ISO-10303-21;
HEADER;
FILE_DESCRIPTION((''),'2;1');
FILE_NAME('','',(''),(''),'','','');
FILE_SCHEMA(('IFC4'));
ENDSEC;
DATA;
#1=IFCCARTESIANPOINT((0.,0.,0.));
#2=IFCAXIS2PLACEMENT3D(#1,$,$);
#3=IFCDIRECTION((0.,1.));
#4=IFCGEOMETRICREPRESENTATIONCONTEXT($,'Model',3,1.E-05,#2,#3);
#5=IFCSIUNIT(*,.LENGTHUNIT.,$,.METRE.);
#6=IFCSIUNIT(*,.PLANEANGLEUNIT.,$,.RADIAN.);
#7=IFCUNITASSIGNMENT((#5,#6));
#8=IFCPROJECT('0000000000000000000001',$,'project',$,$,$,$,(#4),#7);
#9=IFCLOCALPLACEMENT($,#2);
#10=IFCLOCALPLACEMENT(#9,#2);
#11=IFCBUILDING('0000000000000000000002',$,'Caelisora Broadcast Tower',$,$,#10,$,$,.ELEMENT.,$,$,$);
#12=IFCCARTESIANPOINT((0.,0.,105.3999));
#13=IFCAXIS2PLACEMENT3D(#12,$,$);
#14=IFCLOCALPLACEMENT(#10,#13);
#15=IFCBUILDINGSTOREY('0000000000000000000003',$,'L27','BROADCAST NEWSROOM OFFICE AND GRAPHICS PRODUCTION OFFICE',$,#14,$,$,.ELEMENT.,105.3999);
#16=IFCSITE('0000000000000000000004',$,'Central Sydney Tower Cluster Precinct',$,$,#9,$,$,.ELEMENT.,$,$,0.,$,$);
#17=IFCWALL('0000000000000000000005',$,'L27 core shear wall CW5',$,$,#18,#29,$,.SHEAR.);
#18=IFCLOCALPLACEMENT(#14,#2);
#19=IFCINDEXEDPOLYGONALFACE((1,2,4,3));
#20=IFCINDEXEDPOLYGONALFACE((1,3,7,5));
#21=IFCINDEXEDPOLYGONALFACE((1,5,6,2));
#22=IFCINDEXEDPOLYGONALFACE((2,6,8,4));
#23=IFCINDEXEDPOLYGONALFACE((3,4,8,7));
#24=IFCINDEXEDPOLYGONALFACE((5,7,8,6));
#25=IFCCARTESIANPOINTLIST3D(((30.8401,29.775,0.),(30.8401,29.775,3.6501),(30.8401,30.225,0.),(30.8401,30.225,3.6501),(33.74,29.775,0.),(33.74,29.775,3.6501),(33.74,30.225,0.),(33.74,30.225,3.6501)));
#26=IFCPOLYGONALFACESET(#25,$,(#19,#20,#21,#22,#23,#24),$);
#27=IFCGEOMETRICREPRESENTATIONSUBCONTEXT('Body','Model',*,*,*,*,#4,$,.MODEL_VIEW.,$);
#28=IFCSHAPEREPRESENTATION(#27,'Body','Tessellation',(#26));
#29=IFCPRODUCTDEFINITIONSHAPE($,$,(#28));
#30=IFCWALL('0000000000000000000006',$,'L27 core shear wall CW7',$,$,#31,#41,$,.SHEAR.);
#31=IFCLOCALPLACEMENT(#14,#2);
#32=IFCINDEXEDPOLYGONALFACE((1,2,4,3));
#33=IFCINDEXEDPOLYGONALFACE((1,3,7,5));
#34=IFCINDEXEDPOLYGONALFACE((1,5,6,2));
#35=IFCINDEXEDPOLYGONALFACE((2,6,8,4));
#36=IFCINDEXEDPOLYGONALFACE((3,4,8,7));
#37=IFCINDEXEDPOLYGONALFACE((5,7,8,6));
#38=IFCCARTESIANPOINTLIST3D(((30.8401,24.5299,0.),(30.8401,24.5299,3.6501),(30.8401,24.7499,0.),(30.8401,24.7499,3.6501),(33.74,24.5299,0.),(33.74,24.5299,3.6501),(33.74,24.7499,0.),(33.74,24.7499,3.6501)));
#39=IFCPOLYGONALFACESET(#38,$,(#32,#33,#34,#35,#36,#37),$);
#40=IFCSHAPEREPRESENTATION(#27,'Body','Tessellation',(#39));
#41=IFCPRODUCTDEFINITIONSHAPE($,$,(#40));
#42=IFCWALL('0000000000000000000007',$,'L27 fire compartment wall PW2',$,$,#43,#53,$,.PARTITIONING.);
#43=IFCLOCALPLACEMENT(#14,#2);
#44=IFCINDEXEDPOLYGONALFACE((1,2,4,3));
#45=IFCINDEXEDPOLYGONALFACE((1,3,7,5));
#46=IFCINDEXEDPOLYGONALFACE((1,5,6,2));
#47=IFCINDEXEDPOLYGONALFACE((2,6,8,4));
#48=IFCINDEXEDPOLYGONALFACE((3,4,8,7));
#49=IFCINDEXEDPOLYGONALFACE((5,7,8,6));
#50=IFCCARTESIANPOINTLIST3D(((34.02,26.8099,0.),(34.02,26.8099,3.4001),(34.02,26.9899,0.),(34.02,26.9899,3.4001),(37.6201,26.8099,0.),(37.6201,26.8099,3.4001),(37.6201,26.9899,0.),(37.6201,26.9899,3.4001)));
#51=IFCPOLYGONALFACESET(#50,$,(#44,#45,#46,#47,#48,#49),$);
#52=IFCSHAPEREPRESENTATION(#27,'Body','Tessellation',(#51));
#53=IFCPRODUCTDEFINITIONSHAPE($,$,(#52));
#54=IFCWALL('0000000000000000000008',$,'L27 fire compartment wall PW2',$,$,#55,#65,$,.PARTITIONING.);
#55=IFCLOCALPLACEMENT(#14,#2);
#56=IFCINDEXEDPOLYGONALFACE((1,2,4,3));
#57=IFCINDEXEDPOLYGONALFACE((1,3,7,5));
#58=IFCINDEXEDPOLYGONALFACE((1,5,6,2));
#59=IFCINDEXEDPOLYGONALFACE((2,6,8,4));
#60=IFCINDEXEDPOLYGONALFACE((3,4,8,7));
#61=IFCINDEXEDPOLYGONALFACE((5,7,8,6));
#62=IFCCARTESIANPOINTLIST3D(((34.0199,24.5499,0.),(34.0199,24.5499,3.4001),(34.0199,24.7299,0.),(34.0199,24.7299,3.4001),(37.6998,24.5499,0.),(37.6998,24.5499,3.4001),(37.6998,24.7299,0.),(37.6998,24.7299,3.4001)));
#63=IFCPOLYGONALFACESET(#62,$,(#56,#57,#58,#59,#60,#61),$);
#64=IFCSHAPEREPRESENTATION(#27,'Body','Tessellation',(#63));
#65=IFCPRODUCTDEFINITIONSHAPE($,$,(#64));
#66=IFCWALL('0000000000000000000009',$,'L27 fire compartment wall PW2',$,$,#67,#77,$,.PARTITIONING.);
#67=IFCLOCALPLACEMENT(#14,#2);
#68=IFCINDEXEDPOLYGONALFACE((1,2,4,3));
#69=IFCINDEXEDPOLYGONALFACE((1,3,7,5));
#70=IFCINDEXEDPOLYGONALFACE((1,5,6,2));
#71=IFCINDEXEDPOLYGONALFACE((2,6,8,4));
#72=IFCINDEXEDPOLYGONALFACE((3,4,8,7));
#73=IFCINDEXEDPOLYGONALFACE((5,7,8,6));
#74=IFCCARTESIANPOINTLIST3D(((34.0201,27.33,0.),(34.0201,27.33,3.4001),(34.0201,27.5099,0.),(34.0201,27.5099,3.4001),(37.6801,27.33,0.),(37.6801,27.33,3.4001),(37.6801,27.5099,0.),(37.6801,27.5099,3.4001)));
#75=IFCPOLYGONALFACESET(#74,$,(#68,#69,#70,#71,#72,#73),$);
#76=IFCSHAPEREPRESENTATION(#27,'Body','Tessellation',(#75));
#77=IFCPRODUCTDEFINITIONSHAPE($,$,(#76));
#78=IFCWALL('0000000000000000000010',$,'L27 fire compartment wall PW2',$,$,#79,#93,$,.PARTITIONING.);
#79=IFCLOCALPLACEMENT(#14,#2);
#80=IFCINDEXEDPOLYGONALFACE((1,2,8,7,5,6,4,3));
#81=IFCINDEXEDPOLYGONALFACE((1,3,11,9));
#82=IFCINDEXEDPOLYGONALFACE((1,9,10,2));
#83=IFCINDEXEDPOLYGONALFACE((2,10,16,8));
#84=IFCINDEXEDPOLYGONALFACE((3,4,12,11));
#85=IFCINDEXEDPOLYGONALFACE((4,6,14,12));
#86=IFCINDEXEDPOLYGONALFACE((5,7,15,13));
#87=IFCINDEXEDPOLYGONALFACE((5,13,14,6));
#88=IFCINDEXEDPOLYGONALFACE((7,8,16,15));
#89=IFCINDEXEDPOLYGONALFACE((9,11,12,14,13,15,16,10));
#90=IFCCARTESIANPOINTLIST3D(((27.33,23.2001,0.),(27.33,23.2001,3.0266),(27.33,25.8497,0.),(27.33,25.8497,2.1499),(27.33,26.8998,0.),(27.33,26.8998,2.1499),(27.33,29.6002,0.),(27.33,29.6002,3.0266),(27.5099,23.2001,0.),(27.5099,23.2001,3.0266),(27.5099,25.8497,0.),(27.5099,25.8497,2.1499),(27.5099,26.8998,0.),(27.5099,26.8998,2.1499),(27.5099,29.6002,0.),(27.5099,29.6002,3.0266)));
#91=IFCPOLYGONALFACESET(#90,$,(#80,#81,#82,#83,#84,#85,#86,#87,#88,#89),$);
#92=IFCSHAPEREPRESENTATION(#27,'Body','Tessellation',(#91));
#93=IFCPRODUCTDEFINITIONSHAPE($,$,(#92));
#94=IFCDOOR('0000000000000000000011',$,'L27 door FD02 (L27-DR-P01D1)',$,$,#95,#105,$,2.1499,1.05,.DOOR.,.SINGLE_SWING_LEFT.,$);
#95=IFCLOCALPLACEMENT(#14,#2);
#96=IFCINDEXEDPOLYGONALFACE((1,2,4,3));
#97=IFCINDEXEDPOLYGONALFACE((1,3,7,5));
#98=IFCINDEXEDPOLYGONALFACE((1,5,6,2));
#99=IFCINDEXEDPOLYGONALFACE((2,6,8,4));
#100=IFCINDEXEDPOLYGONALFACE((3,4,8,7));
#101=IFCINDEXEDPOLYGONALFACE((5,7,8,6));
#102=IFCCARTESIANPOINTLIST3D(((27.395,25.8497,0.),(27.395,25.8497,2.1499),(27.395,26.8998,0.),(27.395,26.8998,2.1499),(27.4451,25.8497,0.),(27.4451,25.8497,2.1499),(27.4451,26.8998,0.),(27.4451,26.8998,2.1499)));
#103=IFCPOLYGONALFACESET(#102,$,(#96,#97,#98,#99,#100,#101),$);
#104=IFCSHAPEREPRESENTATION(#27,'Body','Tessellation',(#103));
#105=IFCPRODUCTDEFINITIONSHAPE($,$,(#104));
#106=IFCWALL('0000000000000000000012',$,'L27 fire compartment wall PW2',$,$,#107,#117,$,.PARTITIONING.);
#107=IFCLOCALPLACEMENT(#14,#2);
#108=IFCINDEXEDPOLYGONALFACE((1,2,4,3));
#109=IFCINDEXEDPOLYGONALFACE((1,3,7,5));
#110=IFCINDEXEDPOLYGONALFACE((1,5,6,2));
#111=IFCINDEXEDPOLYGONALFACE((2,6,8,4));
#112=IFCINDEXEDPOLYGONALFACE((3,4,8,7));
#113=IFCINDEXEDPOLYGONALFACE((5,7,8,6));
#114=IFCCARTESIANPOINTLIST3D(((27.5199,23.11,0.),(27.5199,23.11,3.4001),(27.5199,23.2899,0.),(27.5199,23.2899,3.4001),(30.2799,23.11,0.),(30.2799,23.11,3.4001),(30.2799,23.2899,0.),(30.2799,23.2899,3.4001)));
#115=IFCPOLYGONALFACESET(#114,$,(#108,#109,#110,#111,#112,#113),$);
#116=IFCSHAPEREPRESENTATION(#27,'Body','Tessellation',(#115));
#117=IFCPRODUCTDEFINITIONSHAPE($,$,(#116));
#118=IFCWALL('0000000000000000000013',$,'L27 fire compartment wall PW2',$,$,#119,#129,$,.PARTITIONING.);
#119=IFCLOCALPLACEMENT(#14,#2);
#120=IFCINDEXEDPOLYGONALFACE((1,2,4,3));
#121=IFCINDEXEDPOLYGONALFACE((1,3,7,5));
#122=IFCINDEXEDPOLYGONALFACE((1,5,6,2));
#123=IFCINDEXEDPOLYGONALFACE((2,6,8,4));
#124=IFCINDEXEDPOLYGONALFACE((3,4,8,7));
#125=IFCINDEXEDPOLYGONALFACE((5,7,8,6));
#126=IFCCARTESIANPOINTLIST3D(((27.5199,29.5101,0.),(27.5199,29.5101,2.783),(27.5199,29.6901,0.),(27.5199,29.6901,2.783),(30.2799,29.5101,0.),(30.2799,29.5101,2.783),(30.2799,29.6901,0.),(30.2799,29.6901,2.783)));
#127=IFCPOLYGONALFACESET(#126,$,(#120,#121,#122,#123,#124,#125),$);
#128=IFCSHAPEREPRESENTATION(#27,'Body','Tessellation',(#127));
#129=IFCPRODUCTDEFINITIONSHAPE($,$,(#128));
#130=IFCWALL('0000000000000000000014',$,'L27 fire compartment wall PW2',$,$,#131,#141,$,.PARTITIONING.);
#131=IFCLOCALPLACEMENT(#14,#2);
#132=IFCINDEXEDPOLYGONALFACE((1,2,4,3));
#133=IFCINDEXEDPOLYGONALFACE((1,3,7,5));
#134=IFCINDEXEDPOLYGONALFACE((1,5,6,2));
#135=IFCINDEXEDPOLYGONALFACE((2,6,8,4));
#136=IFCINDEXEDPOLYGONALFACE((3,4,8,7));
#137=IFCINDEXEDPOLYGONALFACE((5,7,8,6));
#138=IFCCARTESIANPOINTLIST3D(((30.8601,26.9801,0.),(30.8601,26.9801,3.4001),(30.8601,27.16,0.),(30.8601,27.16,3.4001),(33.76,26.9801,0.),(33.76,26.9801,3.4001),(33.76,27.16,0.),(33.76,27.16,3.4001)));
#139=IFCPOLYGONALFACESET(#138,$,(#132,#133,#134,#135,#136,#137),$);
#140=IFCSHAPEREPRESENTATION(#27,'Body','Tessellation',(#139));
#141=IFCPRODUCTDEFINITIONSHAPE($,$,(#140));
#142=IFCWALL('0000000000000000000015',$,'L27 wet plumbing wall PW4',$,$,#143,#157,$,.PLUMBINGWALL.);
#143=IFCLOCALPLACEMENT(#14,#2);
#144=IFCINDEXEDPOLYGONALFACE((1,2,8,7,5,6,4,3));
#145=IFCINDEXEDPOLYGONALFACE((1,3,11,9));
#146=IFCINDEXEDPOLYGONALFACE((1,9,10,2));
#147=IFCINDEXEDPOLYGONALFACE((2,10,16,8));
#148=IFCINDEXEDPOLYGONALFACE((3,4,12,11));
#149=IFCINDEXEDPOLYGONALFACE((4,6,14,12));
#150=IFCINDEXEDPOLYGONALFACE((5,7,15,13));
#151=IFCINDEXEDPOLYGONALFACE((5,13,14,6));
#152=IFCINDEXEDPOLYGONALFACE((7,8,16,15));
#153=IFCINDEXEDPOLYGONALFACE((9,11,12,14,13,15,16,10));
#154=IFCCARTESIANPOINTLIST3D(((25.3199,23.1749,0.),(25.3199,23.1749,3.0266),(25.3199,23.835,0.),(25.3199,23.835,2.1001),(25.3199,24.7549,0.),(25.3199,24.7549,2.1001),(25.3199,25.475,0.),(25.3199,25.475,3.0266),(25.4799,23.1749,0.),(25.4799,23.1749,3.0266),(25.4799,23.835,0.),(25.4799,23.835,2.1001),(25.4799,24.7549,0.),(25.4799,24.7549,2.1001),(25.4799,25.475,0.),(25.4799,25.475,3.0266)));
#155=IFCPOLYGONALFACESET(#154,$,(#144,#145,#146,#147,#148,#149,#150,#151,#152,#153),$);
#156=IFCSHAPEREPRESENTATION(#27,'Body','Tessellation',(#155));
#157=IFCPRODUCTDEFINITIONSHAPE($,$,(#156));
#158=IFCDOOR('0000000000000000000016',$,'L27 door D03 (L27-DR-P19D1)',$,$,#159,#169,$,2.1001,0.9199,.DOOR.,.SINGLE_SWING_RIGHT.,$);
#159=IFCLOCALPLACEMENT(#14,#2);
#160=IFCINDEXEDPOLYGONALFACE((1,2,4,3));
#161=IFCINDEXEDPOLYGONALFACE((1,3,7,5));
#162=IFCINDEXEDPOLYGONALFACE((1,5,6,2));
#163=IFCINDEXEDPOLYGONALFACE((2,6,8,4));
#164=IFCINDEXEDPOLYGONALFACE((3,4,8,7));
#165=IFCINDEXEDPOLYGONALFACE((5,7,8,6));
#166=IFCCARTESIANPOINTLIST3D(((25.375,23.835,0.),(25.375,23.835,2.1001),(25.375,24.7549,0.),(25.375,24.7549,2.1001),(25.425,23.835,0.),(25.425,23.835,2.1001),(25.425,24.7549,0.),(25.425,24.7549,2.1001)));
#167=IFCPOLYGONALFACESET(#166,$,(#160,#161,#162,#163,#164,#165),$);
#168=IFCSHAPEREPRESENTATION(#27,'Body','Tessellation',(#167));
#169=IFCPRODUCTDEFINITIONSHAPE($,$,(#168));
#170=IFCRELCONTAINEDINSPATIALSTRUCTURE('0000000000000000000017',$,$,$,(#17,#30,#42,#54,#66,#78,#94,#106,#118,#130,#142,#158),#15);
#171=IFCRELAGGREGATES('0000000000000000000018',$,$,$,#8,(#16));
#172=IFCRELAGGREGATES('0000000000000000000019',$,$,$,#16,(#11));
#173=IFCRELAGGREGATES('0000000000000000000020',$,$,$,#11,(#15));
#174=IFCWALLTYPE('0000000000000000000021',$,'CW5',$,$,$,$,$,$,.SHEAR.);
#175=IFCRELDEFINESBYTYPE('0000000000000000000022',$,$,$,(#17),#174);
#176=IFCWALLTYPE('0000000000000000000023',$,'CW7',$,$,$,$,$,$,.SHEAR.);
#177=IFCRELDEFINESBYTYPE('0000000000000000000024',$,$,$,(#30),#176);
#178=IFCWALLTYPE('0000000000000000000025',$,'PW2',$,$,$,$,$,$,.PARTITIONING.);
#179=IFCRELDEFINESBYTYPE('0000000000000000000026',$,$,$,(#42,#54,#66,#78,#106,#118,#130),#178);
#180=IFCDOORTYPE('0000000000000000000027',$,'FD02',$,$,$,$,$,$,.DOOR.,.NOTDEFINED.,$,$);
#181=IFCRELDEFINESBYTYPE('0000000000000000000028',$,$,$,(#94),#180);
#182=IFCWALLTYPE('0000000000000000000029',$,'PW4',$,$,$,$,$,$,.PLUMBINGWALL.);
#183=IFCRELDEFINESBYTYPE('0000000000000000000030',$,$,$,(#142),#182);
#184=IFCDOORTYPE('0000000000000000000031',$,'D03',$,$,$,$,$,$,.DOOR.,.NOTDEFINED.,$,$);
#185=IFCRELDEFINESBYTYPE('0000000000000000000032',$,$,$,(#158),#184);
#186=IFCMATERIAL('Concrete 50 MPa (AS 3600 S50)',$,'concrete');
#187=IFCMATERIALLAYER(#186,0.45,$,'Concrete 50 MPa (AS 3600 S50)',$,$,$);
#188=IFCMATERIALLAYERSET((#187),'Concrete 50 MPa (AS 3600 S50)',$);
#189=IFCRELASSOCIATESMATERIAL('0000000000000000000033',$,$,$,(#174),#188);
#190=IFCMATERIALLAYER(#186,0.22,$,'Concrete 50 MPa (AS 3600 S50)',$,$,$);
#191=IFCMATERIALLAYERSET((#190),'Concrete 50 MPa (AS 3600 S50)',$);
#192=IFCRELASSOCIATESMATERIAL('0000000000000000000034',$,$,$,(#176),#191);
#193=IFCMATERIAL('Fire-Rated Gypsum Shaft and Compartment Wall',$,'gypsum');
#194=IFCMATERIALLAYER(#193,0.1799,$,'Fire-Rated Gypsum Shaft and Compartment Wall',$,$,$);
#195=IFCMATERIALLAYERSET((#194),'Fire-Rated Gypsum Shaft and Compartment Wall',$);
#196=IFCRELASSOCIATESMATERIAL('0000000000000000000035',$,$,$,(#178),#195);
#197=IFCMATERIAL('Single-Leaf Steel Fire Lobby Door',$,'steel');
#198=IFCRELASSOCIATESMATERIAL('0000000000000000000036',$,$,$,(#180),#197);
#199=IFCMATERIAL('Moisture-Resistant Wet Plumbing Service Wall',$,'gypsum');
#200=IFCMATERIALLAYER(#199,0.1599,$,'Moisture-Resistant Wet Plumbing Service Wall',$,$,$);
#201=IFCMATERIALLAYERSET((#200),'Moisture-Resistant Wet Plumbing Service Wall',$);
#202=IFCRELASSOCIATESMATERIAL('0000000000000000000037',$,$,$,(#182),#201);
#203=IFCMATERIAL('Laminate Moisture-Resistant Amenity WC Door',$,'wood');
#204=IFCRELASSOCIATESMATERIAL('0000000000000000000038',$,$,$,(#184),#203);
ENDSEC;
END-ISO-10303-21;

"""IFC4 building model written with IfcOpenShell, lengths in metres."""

from ifc_helpers import new_model, si_unit, direction, frame, frame_2d, origin, place, context, subcontext, project, spatial, rectangle, extrude, material, layer, layer_set, type_object, element, fill, save


model = new_model("IFC4")

# Units and contexts
model_context = context("Model", 3, precision=1e-05, world=origin(), true_north=direction((0.0, 1.0)))
body_context = subcontext(model_context, "Body", "Model", "MODEL_VIEW")
ifc_project = project(units=[si_unit("LENGTHUNIT", "METRE"), si_unit("PLANEANGLEUNIT", "RADIAN")], contexts=[model_context])

# Site, building, storey
site_placement = place(None, origin())
site = spatial("IfcSite", under=ifc_project, at=site_placement, Name="Central Sydney Tower Cluster Precinct", CompositionType="ELEMENT", RefElevation=0.0)
building_placement = place(site_placement, origin())
building = spatial("IfcBuilding", under=site, at=building_placement, Name="Caelisora Broadcast Tower", CompositionType="ELEMENT")
storey_placement = place(building_placement, frame((0.0, 0.0, 105.3999)))
storey = spatial("IfcBuildingStorey", under=building, at=storey_placement, Name="L27", Description="BROADCAST NEWSROOM OFFICE AND GRAPHICS PRODUCTION OFFICE", CompositionType="ELEMENT", Elevation=105.3999)

# Walls
ifc_material_1 = material(Name="Concrete 50 MPa (AS 3600 S50)", Category="concrete")
ifc_layer_1 = layer(ifc_material_1, 0.45, Name="Concrete 50 MPa (AS 3600 S50)")
ifc_layer_set_1 = layer_set([ifc_layer_1], Name="Concrete 50 MPa (AS 3600 S50)")
wall_type_1 = type_object("IfcWallType", Name="CW5", PredefinedType="SHEAR", material=ifc_layer_set_1)
wall_1_placement = place(storey_placement, frame((30.8401, 30.0, 0.0), z_axis=(0.0, 0.0, 1.0), x_axis=(1.0, 0.0, 0.0)))
element("IfcWall", 1, at=wall_1_placement, inside=storey, type_object=wall_type_1, Name="L27 core shear wall CW5", PredefinedType="SHEAR", context=body_context, shape_type="SweptSolid", body=[
    extrude(rectangle(XDim=2.8999, YDim=0.45, at=frame_2d((1.45, 0.0))), origin(), (0.0, 0.0, 1.0), 3.6501),
])
ifc_layer_2 = layer(ifc_material_1, 0.22, Name="Concrete 50 MPa (AS 3600 S50)")
ifc_layer_set_2 = layer_set([ifc_layer_2], Name="Concrete 50 MPa (AS 3600 S50)")
wall_type_2 = type_object("IfcWallType", Name="CW7", PredefinedType="SHEAR", material=ifc_layer_set_2)
wall_2_placement = place(storey_placement, frame((30.8401, 24.6399, 0.0), z_axis=(0.0, 0.0, 1.0), x_axis=(1.0, 0.0, 0.0)))
element("IfcWall", 2, at=wall_2_placement, inside=storey, type_object=wall_type_2, Name="L27 core shear wall CW7", PredefinedType="SHEAR", context=body_context, shape_type="SweptSolid", body=[
    extrude(rectangle(XDim=2.8999, YDim=0.22, at=frame_2d((1.45, 0.0))), origin(), (0.0, 0.0, 1.0), 3.6501),
])
ifc_material_2 = material(Name="Fire-Rated Gypsum Shaft and Compartment Wall", Category="gypsum")
ifc_layer_3 = layer(ifc_material_2, 0.1799, Name="Fire-Rated Gypsum Shaft and Compartment Wall")
ifc_layer_set_3 = layer_set([ifc_layer_3], Name="Fire-Rated Gypsum Shaft and Compartment Wall")
wall_type_3 = type_object("IfcWallType", Name="PW2", PredefinedType="PARTITIONING", material=ifc_layer_set_3)
wall_3_placement = place(storey_placement, frame((34.02, 26.8999, 0.0), z_axis=(0.0, 0.0, 1.0), x_axis=(1.0, 0.0, 0.0)))
element("IfcWall", 3, at=wall_3_placement, inside=storey, type_object=wall_type_3, Name="L27 fire compartment wall PW2", PredefinedType="PARTITIONING", context=body_context, shape_type="SweptSolid", body=[
    extrude(rectangle(XDim=3.6001, YDim=0.1799, at=frame_2d((1.8, 0.0))), origin(), (0.0, 0.0, 1.0), 3.4001),
])
wall_4_placement = place(storey_placement, frame((34.02, 24.6399, 0.0), z_axis=(0.0, 0.0, 1.0), x_axis=(1.0, 0.0, 0.0)))
element("IfcWall", 4, at=wall_4_placement, inside=storey, type_object=wall_type_3, Name="L27 fire compartment wall PW2", PredefinedType="PARTITIONING", context=body_context, shape_type="SweptSolid", body=[
    extrude(rectangle(XDim=3.6799, YDim=0.1799, at=frame_2d((1.8398, 0.0))), origin(), (0.0, 0.0, 1.0), 3.4001),
])
wall_5_placement = place(storey_placement, frame((34.02, 27.4199, 0.0), z_axis=(0.0, 0.0, 1.0), x_axis=(1.0, 0.0, 0.0)))
element("IfcWall", 5, at=wall_5_placement, inside=storey, type_object=wall_type_3, Name="L27 fire compartment wall PW2", PredefinedType="PARTITIONING", context=body_context, shape_type="SweptSolid", body=[
    extrude(rectangle(XDim=3.6599, YDim=0.1799, at=frame_2d((1.8301, 0.0))), origin(), (0.0, 0.0, 1.0), 3.4001),
])

# Wall, opening, door
wall_6_placement = place(storey_placement, frame((27.4199, 23.2, 0.0), z_axis=(0.0, 0.0, 1.0), x_axis=(0.0, 1.0, 0.0)))
wall_6 = element("IfcWall", 6, at=wall_6_placement, inside=storey, type_object=wall_type_3, Name="L27 fire compartment wall PW2", PredefinedType="PARTITIONING", context=body_context, shape_type="SweptSolid", body=[
    extrude(rectangle(XDim=6.4001, YDim=0.1799, at=frame_2d((3.2002, 0.0))), origin(), (0.0, 0.0, 1.0), 3.0266),
])
opening_1_placement = place(wall_6_placement, frame((2.6499, 0.0, 0.0)))
opening_1 = element("IfcOpeningElement", 7, at=opening_1_placement, cuts=wall_6, PredefinedType="OPENING", context=body_context, shape_type="SweptSolid", body=[
    extrude(rectangle(XDim=1.05, YDim=2.1499, at=frame_2d((0.5249, 1.075))), frame((0.0, 0.1021, 0.0), z_axis=(0.0, -1.0, 0.0), x_axis=(1.0, 0.0, 0.0)), (0.0, 0.0, 1.0), 0.2039),
])
ifc_material_3 = material(Name="Single-Leaf Steel Fire Lobby Door", Category="steel")
door_type_1 = type_object("IfcDoorType", Name="FD02", OperationType="NOTDEFINED", PredefinedType="DOOR", material=ifc_material_3)
door_1_placement = place(opening_1_placement, origin())
door_1 = element("IfcDoor", 8, at=door_1_placement, inside=storey, type_object=door_type_1, Name="L27 door FD02 (L27-DR-P01D1)", OperationType="SINGLE_SWING_LEFT", OverallHeight=2.1499, OverallWidth=1.05, PredefinedType="DOOR", context=body_context, shape_type="SweptSolid", body=[
    extrude(rectangle(XDim=1.05, YDim=2.1499, at=frame_2d((0.5249, 1.075))), frame((0.0, 0.0249, 0.0), z_axis=(0.0, -1.0, 0.0), x_axis=(1.0, 0.0, 0.0)), (0.0, 0.0, 1.0), 0.05),
])
fill(opening_1, door_1)

# Walls
wall_7_placement = place(storey_placement, frame((27.52, 23.2, 0.0), z_axis=(0.0, 0.0, 1.0), x_axis=(1.0, 0.0, 0.0)))
element("IfcWall", 9, at=wall_7_placement, inside=storey, type_object=wall_type_3, Name="L27 fire compartment wall PW2", PredefinedType="PARTITIONING", context=body_context, shape_type="SweptSolid", body=[
    extrude(rectangle(XDim=2.76, YDim=0.1799, at=frame_2d((1.3799, 0.0))), origin(), (0.0, 0.0, 1.0), 3.4001),
])
wall_8_placement = place(storey_placement, frame((27.52, 29.6001, 0.0), z_axis=(0.0, 0.0, 1.0), x_axis=(1.0, 0.0, 0.0)))
element("IfcWall", 10, at=wall_8_placement, inside=storey, type_object=wall_type_3, Name="L27 fire compartment wall PW2", PredefinedType="PARTITIONING", context=body_context, shape_type="SweptSolid", body=[
    extrude(rectangle(XDim=2.76, YDim=0.1799, at=frame_2d((1.3799, 0.0))), origin(), (0.0, 0.0, 1.0), 2.783),
])
wall_9_placement = place(storey_placement, frame((30.8601, 27.0701, 0.0), z_axis=(0.0, 0.0, 1.0), x_axis=(1.0, 0.0, 0.0)))
element("IfcWall", 11, at=wall_9_placement, inside=storey, type_object=wall_type_3, Name="L27 fire compartment wall PW2", PredefinedType="PARTITIONING", context=body_context, shape_type="SweptSolid", body=[
    extrude(rectangle(XDim=2.8999, YDim=0.1799, at=frame_2d((1.45, 0.0))), origin(), (0.0, 0.0, 1.0), 3.4001),
])

# Wall, opening, door
ifc_material_4 = material(Name="Moisture-Resistant Wet Plumbing Service Wall", Category="gypsum")
ifc_layer_4 = layer(ifc_material_4, 0.1599, Name="Moisture-Resistant Wet Plumbing Service Wall")
ifc_layer_set_4 = layer_set([ifc_layer_4], Name="Moisture-Resistant Wet Plumbing Service Wall")
wall_type_4 = type_object("IfcWallType", Name="PW4", PredefinedType="PLUMBINGWALL", material=ifc_layer_set_4)
wall_10_placement = place(storey_placement, frame((25.3999, 23.175, 0.0), z_axis=(0.0, 0.0, 1.0), x_axis=(0.0, 1.0, 0.0)))
wall_10 = element("IfcWall", 12, at=wall_10_placement, inside=storey, type_object=wall_type_4, Name="L27 wet plumbing wall PW4", PredefinedType="PLUMBINGWALL", context=body_context, shape_type="SweptSolid", body=[
    extrude(rectangle(XDim=2.3, YDim=0.1599, at=frame_2d((1.1499, 0.0))), origin(), (0.0, 0.0, 1.0), 3.0266),
])
opening_2_placement = place(wall_10_placement, frame((0.6599, 0.0, 0.0)))
opening_2 = element("IfcOpeningElement", 13, at=opening_2_placement, cuts=wall_10, PredefinedType="OPENING", context=body_context, shape_type="SweptSolid", body=[
    extrude(rectangle(XDim=0.9199, YDim=2.1001, at=frame_2d((0.46, 1.05))), frame((0.0, 0.092, 0.0), z_axis=(0.0, -1.0, 0.0), x_axis=(1.0, 0.0, 0.0)), (0.0, 0.0, 1.0), 0.1838),
])
ifc_material_5 = material(Name="Laminate Moisture-Resistant Amenity WC Door", Category="wood")
door_type_2 = type_object("IfcDoorType", Name="D03", OperationType="NOTDEFINED", PredefinedType="DOOR", material=ifc_material_5)
door_2_placement = place(opening_2_placement, origin())
door_2 = element("IfcDoor", 14, at=door_2_placement, inside=storey, type_object=door_type_2, Name="L27 door D03 (L27-DR-P19D1)", OperationType="SINGLE_SWING_RIGHT", OverallHeight=2.1001, OverallWidth=0.9199, PredefinedType="DOOR", context=body_context, shape_type="SweptSolid", body=[
    extrude(rectangle(XDim=0.9199, YDim=2.1001, at=frame_2d((0.46, 1.05))), frame((0.0, 0.0249, 0.0), z_axis=(0.0, -1.0, 0.0), x_axis=(1.0, 0.0, 0.0)), (0.0, 0.0, 1.0), 0.05),
])
fill(opening_2, door_2)

save(model, "model.ifc")
